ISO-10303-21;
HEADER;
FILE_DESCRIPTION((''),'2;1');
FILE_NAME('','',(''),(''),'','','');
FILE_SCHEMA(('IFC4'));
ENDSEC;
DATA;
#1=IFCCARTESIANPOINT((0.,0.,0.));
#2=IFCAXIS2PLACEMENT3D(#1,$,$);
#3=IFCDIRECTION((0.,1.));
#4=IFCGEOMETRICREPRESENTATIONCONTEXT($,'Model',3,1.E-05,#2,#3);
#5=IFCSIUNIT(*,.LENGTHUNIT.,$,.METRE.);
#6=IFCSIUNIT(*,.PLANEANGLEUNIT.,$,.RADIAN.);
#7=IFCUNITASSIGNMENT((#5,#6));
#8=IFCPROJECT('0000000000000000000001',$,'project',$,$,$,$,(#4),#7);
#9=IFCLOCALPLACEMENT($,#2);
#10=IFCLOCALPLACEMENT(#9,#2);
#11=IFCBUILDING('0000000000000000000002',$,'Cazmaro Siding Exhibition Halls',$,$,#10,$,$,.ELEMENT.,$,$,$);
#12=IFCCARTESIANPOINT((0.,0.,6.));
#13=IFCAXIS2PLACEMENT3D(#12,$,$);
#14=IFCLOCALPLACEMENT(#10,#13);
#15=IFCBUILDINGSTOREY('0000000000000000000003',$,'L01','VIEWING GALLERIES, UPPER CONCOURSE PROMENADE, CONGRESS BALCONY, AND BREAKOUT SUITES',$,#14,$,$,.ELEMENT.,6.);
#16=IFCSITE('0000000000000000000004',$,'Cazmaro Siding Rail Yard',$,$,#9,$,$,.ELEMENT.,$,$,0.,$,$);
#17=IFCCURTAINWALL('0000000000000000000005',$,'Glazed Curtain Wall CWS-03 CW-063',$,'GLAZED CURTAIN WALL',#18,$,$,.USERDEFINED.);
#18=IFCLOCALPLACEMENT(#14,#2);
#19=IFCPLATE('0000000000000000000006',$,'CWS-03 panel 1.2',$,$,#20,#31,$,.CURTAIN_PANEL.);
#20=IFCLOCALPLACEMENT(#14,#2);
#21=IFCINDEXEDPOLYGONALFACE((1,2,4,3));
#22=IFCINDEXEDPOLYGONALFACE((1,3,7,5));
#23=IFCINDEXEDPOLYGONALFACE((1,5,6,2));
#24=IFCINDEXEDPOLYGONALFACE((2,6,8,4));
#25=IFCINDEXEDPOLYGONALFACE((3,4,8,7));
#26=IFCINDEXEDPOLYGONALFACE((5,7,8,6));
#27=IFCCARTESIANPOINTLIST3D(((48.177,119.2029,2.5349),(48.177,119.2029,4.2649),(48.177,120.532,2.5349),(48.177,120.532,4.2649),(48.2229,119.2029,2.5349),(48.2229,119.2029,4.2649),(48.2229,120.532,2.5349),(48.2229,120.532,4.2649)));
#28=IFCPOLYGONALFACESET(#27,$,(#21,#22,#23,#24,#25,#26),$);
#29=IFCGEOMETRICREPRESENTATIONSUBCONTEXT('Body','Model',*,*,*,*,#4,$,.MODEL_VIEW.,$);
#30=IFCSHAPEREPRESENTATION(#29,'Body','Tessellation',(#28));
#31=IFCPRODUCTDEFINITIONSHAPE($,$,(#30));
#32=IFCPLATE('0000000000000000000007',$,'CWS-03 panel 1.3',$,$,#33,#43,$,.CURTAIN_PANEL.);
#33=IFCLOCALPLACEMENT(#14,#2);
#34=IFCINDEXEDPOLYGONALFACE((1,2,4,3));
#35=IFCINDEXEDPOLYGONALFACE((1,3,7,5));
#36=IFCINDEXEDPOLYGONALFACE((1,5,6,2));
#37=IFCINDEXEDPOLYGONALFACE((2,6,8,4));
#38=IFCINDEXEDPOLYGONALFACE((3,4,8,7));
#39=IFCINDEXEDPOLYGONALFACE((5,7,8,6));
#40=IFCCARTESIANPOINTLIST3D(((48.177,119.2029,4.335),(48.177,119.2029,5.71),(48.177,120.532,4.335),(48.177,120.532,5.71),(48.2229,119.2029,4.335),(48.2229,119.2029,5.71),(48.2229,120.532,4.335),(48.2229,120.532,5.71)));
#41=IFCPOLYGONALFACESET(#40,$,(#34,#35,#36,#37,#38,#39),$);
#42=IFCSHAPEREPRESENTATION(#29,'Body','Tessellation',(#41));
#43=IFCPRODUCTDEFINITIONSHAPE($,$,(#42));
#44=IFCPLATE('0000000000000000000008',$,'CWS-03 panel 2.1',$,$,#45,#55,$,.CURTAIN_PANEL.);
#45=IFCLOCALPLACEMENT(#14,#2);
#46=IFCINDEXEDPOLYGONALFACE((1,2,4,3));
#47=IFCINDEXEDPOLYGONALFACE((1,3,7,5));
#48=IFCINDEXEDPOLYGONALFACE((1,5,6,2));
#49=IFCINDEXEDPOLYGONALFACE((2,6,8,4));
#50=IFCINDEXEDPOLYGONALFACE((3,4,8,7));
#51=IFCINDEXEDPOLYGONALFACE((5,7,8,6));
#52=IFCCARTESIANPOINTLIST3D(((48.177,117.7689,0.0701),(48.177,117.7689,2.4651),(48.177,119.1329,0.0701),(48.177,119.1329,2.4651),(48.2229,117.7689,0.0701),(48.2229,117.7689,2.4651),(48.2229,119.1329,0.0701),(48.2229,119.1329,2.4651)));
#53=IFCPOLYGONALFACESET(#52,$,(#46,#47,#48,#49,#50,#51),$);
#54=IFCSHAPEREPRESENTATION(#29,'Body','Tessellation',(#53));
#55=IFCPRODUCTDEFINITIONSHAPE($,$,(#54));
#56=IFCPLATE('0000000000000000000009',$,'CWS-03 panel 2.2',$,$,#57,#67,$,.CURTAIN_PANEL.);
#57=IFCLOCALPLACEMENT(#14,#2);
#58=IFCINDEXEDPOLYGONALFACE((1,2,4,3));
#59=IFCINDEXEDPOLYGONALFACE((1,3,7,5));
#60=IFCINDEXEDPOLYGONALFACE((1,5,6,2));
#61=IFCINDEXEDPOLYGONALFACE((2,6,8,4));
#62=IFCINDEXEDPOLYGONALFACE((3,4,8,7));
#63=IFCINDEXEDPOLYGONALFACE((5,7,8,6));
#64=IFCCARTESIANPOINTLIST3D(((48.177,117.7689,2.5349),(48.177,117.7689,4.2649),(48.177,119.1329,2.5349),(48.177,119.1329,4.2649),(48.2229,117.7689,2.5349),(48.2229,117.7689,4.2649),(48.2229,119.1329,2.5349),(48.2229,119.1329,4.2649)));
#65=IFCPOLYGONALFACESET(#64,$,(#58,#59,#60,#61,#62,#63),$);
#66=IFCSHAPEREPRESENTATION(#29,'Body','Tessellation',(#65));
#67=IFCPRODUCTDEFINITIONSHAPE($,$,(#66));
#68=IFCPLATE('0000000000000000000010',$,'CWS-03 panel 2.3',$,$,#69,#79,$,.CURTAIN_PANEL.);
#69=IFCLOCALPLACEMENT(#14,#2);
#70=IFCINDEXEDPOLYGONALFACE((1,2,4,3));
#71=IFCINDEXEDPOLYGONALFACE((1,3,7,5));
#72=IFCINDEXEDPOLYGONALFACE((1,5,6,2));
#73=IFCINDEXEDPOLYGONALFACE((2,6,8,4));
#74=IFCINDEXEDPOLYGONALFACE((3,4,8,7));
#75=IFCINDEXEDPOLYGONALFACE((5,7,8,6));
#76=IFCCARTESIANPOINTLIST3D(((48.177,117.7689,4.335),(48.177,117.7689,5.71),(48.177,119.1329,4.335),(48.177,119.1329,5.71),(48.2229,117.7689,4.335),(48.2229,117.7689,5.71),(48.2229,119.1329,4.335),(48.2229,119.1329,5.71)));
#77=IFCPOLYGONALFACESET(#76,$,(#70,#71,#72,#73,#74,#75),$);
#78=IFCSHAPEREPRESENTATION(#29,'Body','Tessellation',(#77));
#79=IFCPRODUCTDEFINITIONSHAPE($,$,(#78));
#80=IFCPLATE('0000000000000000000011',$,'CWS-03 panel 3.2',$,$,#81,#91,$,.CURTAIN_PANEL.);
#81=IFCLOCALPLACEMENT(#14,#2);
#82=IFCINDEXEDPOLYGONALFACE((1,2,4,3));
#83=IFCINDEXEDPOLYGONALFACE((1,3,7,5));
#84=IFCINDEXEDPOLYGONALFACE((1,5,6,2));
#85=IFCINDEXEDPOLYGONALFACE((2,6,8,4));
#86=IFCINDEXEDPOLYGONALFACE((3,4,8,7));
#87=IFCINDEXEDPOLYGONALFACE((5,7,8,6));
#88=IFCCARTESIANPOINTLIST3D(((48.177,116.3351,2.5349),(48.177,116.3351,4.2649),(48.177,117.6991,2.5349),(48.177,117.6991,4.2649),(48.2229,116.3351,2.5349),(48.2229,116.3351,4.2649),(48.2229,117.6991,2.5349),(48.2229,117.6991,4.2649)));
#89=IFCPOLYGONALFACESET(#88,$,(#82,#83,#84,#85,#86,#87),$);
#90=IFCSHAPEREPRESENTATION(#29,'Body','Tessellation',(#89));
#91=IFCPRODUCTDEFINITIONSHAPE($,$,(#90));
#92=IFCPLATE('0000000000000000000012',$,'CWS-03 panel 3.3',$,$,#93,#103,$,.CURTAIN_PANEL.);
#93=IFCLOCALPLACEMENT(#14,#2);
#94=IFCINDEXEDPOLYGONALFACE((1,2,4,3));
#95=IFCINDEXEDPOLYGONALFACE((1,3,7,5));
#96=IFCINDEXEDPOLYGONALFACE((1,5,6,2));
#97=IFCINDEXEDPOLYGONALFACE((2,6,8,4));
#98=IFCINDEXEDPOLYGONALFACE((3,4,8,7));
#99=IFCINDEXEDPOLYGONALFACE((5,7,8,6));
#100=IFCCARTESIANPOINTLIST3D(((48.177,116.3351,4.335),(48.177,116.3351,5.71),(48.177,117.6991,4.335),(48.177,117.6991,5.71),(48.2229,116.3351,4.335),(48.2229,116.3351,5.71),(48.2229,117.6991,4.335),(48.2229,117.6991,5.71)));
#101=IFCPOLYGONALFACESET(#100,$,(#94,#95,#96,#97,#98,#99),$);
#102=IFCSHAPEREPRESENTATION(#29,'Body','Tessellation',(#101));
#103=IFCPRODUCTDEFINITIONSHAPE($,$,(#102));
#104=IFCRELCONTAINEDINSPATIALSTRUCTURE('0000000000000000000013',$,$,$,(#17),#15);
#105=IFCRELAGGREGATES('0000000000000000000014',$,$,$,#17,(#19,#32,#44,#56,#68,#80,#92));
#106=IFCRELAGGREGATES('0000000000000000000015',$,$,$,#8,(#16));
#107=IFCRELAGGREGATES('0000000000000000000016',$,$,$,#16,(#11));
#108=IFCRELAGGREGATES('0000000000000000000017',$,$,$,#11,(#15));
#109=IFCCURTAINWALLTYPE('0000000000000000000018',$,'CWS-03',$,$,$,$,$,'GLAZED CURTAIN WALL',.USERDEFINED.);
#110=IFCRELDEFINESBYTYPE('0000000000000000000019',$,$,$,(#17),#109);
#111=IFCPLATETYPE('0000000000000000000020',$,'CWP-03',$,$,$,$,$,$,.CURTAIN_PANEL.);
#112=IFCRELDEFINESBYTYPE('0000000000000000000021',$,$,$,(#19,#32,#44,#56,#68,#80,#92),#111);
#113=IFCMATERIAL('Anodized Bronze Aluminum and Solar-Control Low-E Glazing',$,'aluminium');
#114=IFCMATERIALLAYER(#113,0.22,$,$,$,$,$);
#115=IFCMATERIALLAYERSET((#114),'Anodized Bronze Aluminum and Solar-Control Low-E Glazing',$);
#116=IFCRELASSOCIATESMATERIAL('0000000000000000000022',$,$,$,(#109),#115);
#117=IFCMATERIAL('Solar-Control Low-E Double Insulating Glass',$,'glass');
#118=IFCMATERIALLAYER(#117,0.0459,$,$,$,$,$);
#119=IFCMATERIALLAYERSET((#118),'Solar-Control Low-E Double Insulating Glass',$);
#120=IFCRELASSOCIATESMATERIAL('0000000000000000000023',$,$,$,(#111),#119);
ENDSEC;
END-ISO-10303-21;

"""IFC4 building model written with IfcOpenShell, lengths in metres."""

from ifc_helpers import new_model, si_unit, direction, frame, origin, origin_2d, place, context, subcontext, project, spatial, rectangle, extrude, material, layer, layer_set, type_object, element, aggregate, save


model = new_model("IFC4")

# Units and contexts
model_context = context("Model", 3, precision=1e-05, world=origin(), true_north=direction((0.0, 1.0)))
body_context = subcontext(model_context, "Body", "Model", "MODEL_VIEW")
ifc_project = project(units=[si_unit("LENGTHUNIT", "METRE"), si_unit("PLANEANGLEUNIT", "RADIAN")], contexts=[model_context])

# Site, building, storey
site_placement = place(None, origin())
site = spatial("IfcSite", under=ifc_project, at=site_placement, Name="Cazmaro Siding Rail Yard", CompositionType="ELEMENT", RefElevation=0.0)
building_placement = place(site_placement, origin())
building = spatial("IfcBuilding", under=site, at=building_placement, Name="Cazmaro Siding Exhibition Halls", CompositionType="ELEMENT")
storey_placement = place(building_placement, frame((0.0, 0.0, 6.0)))
storey = spatial("IfcBuildingStorey", under=building, at=storey_placement, Name="L01", Description="VIEWING GALLERIES, UPPER CONCOURSE PROMENADE, CONGRESS BALCONY, AND BREAKOUT SUITES", CompositionType="ELEMENT", Elevation=6.0)

# Curtain wall, plates
ifc_material_1 = material(Name="Anodized Bronze Aluminum and Solar-Control Low-E Glazing", Category="aluminium")
ifc_layer_1 = layer(ifc_material_1, 0.22)
ifc_layer_set_1 = layer_set([ifc_layer_1], Name="Anodized Bronze Aluminum and Solar-Control Low-E Glazing")
curtain_wall_type = type_object("IfcCurtainWallType", Name="CWS-03", ElementType="GLAZED CURTAIN WALL", PredefinedType="USERDEFINED", material=ifc_layer_set_1)
curtain_wall_placement = place(storey_placement, origin())
curtain_wall = element("IfcCurtainWall", 1, at=curtain_wall_placement, inside=storey, type_object=curtain_wall_type, Name="Glazed Curtain Wall CWS-03 CW-063", ObjectType="GLAZED CURTAIN WALL", PredefinedType="USERDEFINED")
ifc_material_2 = material(Name="Solar-Control Low-E Double Insulating Glass", Category="glass")
ifc_layer_2 = layer(ifc_material_2, 0.0459)
ifc_layer_set_2 = layer_set([ifc_layer_2], Name="Solar-Control Low-E Double Insulating Glass")
plate_type = type_object("IfcPlateType", Name="CWP-03", PredefinedType="CURTAIN_PANEL", material=ifc_layer_set_2)
plate_1_placement = place(storey_placement, frame((48.2, 119.8674, 2.5349), z_axis=(0.0, 0.0, 1.0), x_axis=(0.0, -1.0, 0.0)))
plate_1 = element("IfcPlate", 2, at=plate_1_placement, type_object=plate_type, Name="CWS-03 panel 1.2", PredefinedType="CURTAIN_PANEL", context=body_context, shape_type="SweptSolid", body=[
    extrude(rectangle(XDim=1.3291, YDim=0.0459, at=origin_2d()), origin(), (0.0, 0.0, 1.0), 1.73),
])
plate_2_placement = place(storey_placement, frame((48.2, 119.8674, 4.335), z_axis=(0.0, 0.0, 1.0), x_axis=(0.0, -1.0, 0.0)))
plate_2 = element("IfcPlate", 3, at=plate_2_placement, type_object=plate_type, Name="CWS-03 panel 1.3", PredefinedType="CURTAIN_PANEL", context=body_context, shape_type="SweptSolid", body=[
    extrude(rectangle(XDim=1.3291, YDim=0.0459, at=origin_2d()), origin(), (0.0, 0.0, 1.0), 1.375),
])
plate_3_placement = place(storey_placement, frame((48.2, 118.4509, 0.0701), z_axis=(0.0, 0.0, 1.0), x_axis=(0.0, -1.0, 0.0)))
plate_3 = element("IfcPlate", 4, at=plate_3_placement, type_object=plate_type, Name="CWS-03 panel 2.1", PredefinedType="CURTAIN_PANEL", context=body_context, shape_type="SweptSolid", body=[
    extrude(rectangle(XDim=1.364, YDim=0.0459, at=origin_2d()), origin(), (0.0, 0.0, 1.0), 2.395),
])
plate_4_placement = place(storey_placement, frame((48.2, 118.4509, 2.5349), z_axis=(0.0, 0.0, 1.0), x_axis=(0.0, -1.0, 0.0)))
plate_4 = element("IfcPlate", 5, at=plate_4_placement, type_object=plate_type, Name="CWS-03 panel 2.2", PredefinedType="CURTAIN_PANEL", context=body_context, shape_type="SweptSolid", body=[
    extrude(rectangle(XDim=1.364, YDim=0.0459, at=origin_2d()), origin(), (0.0, 0.0, 1.0), 1.73),
])
plate_5_placement = place(storey_placement, frame((48.2, 118.4509, 4.335), z_axis=(0.0, 0.0, 1.0), x_axis=(0.0, -1.0, 0.0)))
plate_5 = element("IfcPlate", 6, at=plate_5_placement, type_object=plate_type, Name="CWS-03 panel 2.3", PredefinedType="CURTAIN_PANEL", context=body_context, shape_type="SweptSolid", body=[
    extrude(rectangle(XDim=1.364, YDim=0.0459, at=origin_2d()), origin(), (0.0, 0.0, 1.0), 1.375),
])
plate_6_placement = place(storey_placement, frame((48.2, 117.0171, 2.5349), z_axis=(0.0, 0.0, 1.0), x_axis=(0.0, -1.0, 0.0)))
plate_6 = element("IfcPlate", 7, at=plate_6_placement, type_object=plate_type, Name="CWS-03 panel 3.2", PredefinedType="CURTAIN_PANEL", context=body_context, shape_type="SweptSolid", body=[
    extrude(rectangle(XDim=1.364, YDim=0.0459, at=origin_2d()), origin(), (0.0, 0.0, 1.0), 1.73),
])
plate_7_placement = place(storey_placement, frame((48.2, 117.0171, 4.335), z_axis=(0.0, 0.0, 1.0), x_axis=(0.0, -1.0, 0.0)))
plate_7 = element("IfcPlate", 8, at=plate_7_placement, type_object=plate_type, Name="CWS-03 panel 3.3", PredefinedType="CURTAIN_PANEL", context=body_context, shape_type="SweptSolid", body=[
    extrude(rectangle(XDim=1.364, YDim=0.0459, at=origin_2d()), origin(), (0.0, 0.0, 1.0), 1.375),
])
aggregate(curtain_wall, [plate_1, plate_2, plate_3, plate_4, plate_5, plate_6, plate_7])

save(model, "model.ifc")
